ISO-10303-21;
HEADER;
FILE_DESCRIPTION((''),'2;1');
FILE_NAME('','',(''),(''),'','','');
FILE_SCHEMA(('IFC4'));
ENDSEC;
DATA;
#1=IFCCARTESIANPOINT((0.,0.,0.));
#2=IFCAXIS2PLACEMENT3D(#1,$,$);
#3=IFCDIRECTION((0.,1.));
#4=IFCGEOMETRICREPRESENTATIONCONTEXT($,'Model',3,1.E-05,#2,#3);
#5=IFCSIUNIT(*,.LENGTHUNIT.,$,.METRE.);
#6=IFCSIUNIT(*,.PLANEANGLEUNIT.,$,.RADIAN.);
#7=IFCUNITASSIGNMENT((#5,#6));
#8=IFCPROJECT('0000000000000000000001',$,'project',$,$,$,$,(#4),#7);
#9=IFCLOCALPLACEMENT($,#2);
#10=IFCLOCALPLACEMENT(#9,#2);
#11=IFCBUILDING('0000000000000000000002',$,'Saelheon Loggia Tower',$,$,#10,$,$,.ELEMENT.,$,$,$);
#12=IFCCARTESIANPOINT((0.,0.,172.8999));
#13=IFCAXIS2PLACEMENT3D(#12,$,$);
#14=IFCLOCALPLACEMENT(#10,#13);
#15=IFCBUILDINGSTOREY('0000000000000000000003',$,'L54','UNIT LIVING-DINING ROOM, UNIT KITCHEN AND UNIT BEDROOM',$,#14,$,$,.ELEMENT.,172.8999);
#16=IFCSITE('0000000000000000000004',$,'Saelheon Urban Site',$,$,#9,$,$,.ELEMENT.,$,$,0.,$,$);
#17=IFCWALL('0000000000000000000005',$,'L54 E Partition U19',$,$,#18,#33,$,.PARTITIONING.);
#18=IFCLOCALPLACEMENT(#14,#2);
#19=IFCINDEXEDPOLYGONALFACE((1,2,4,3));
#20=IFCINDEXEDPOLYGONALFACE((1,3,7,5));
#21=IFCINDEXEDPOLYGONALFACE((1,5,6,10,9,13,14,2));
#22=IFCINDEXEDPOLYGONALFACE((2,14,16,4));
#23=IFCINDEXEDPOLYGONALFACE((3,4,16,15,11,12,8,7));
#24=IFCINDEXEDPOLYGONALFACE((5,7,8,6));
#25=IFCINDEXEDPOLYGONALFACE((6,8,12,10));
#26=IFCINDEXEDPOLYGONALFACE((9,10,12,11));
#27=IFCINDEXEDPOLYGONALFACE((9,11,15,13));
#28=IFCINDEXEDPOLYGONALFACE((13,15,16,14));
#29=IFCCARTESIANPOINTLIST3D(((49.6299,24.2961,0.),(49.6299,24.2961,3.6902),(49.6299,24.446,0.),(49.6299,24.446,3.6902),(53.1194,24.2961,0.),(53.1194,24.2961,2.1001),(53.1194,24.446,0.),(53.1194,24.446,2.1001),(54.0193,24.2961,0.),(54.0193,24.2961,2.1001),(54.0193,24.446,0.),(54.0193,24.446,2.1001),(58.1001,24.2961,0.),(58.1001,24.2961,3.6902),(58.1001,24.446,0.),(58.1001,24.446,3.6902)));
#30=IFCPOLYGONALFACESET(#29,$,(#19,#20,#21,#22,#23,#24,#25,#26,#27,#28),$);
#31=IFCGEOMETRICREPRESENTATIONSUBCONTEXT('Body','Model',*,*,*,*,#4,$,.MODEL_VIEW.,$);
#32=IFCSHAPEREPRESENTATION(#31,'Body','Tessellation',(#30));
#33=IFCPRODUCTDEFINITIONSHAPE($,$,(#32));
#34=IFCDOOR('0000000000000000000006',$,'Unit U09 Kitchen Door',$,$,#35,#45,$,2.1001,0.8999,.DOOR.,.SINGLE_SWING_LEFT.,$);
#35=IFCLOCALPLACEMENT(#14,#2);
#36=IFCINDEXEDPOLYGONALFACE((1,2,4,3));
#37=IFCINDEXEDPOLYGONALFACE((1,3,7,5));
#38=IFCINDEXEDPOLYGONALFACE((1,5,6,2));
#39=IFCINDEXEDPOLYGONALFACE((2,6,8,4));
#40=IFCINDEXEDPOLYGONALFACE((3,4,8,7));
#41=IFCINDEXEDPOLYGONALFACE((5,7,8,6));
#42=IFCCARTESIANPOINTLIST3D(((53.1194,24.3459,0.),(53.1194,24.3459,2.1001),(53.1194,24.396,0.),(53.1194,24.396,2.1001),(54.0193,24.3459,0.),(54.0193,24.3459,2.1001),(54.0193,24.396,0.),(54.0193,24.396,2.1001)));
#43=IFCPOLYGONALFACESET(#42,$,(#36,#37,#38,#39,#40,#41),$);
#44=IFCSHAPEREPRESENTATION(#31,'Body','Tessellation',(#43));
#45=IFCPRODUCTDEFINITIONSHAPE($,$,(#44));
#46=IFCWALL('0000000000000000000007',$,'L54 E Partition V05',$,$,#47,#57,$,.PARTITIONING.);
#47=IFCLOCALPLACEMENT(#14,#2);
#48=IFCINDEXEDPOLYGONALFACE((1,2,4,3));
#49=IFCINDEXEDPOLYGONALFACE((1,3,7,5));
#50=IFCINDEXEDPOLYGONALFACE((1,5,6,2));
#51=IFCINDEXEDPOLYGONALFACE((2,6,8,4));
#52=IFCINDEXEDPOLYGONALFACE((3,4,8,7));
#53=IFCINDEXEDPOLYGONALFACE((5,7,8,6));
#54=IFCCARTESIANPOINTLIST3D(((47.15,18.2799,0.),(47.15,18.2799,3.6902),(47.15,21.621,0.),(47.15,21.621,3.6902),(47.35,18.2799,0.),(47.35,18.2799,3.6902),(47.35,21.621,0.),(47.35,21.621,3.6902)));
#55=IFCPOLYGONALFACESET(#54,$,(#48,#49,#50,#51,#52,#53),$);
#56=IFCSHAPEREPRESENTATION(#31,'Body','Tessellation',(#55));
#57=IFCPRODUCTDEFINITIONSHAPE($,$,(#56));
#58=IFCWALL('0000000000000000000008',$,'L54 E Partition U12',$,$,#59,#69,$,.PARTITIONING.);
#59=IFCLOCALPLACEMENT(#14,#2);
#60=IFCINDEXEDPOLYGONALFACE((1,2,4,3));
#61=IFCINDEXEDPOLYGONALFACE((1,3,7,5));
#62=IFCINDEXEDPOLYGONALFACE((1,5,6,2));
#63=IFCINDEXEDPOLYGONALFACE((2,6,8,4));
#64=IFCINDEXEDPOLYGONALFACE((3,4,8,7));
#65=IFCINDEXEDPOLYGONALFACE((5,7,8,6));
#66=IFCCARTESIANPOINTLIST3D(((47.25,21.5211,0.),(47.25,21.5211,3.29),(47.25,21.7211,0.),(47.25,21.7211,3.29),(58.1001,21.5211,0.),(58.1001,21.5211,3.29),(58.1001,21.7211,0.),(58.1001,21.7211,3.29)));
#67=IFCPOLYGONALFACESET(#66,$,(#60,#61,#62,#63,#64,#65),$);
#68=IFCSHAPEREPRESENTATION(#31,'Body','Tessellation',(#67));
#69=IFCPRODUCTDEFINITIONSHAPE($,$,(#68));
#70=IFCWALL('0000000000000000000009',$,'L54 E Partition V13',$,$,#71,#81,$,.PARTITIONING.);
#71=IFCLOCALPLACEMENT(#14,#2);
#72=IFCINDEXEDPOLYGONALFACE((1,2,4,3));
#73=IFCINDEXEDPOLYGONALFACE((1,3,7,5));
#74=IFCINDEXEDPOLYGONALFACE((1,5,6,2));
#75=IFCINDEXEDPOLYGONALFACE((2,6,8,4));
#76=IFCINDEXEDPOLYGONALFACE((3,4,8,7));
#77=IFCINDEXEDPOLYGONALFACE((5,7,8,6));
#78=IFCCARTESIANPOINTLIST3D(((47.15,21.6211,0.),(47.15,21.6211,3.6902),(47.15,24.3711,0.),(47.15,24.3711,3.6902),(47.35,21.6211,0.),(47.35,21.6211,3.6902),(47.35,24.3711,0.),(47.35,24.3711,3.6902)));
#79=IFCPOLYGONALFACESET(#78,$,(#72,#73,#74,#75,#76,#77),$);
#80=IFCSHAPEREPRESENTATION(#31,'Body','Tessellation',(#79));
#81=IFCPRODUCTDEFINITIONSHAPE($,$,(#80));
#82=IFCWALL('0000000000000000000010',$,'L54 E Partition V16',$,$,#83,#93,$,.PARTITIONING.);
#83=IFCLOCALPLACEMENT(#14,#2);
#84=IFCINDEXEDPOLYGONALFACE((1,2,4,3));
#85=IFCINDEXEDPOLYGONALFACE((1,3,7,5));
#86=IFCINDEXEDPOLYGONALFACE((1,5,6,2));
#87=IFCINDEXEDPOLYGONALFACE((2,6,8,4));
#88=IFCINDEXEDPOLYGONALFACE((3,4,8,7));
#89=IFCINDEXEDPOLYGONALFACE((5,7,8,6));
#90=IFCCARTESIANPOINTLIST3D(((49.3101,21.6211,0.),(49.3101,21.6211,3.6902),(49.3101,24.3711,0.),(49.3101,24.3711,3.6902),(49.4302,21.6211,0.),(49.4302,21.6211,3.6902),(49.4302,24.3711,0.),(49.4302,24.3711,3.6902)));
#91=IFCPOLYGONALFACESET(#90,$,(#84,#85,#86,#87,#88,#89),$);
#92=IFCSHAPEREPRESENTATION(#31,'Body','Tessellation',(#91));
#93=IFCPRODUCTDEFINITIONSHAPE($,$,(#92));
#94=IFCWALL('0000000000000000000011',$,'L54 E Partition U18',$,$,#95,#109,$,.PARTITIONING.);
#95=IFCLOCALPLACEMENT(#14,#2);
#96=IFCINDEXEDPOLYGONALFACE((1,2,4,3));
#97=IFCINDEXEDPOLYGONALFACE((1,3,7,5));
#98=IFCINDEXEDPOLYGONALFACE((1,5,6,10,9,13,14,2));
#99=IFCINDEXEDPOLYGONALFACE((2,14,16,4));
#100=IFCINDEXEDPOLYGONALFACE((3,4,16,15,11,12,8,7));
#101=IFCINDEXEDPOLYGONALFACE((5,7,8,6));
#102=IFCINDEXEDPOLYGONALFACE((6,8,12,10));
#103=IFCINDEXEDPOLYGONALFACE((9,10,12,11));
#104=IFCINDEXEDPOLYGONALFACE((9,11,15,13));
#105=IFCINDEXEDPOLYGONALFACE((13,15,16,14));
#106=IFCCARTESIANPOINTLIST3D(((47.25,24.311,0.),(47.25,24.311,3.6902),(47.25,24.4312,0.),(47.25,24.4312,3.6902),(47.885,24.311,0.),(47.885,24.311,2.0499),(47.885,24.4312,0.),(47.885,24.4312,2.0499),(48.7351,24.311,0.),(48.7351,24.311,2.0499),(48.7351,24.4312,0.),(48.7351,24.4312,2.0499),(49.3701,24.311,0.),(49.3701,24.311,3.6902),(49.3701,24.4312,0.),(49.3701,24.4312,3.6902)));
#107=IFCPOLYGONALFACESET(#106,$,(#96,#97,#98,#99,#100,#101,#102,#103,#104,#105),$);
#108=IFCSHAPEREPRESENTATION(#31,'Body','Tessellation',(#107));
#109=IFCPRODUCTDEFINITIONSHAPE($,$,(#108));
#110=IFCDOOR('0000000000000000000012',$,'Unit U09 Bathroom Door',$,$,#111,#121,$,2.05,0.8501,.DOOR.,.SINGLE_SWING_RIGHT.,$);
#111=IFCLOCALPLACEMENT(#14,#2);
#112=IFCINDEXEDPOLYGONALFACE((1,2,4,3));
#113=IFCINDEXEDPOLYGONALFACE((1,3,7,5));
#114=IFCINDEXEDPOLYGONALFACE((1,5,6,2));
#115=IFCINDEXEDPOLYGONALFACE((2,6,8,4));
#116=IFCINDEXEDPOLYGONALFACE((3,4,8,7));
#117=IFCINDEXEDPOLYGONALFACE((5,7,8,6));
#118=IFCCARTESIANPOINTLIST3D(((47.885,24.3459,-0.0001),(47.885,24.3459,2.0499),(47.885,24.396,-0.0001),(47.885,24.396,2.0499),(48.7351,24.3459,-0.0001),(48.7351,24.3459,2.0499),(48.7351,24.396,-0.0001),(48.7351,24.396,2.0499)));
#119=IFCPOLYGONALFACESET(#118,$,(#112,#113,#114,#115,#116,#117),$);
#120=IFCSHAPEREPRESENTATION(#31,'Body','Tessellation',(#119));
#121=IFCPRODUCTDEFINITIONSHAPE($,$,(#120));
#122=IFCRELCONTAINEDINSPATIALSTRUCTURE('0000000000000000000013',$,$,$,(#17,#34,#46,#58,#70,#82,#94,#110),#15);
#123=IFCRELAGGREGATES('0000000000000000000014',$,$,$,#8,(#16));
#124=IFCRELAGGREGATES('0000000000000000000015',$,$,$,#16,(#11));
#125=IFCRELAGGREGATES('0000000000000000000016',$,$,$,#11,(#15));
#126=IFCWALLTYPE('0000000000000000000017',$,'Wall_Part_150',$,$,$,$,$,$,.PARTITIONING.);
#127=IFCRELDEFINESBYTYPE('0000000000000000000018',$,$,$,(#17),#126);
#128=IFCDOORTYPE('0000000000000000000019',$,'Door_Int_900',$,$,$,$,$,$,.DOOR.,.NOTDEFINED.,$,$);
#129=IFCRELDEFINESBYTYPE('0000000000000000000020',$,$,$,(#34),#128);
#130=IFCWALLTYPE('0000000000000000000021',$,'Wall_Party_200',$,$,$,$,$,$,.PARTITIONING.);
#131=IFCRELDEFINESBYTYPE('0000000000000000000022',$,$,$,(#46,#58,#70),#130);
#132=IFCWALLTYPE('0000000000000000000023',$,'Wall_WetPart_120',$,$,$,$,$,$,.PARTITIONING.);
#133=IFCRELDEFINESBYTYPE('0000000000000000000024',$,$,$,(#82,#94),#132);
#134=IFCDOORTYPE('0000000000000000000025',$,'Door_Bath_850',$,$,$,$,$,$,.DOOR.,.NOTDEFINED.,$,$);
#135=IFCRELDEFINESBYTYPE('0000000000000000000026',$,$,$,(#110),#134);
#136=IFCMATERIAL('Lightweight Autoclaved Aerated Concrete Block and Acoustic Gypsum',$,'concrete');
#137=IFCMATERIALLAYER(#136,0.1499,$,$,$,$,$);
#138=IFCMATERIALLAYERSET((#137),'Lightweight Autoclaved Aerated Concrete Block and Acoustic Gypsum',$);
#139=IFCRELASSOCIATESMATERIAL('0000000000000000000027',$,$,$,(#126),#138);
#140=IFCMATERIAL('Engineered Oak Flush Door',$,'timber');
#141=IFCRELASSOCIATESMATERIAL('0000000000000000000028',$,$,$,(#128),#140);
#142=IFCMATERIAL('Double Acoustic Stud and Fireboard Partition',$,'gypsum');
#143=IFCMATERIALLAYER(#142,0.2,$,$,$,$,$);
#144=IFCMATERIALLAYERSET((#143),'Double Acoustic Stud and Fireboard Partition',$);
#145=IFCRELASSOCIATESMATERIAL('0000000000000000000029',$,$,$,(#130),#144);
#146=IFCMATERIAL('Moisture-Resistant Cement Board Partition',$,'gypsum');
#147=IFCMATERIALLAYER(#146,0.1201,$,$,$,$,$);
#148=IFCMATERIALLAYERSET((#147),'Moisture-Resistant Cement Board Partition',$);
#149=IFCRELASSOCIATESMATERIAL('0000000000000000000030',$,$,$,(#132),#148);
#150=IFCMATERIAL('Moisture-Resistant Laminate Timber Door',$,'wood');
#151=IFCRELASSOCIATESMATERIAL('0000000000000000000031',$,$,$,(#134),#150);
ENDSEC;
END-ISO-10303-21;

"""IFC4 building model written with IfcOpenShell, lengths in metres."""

from ifc_helpers import new_model, si_unit, direction, frame, frame_2d, origin, place, context, subcontext, project, spatial, rectangle, extrude, source, transform, mapped, material, layer, layer_set, type_object, element, fill, save


model = new_model("IFC4")

# Units and contexts
model_context = context("Model", 3, precision=1e-05, world=origin(), true_north=direction((0.0, 1.0)))
body_context = subcontext(model_context, "Body", "Model", "MODEL_VIEW")
ifc_project = project(units=[si_unit("LENGTHUNIT", "METRE"), si_unit("PLANEANGLEUNIT", "RADIAN")], contexts=[model_context])

# Site, building, storey
site_placement = place(None, origin())
site = spatial("IfcSite", under=ifc_project, at=site_placement, Name="Saelheon Urban Site", CompositionType="ELEMENT", RefElevation=0.0)
building_placement = place(site_placement, origin())
building = spatial("IfcBuilding", under=site, at=building_placement, Name="Saelheon Loggia Tower", CompositionType="ELEMENT")
storey_placement = place(building_placement, frame((0.0, 0.0, 172.8999)))
storey = spatial("IfcBuildingStorey", under=building, at=storey_placement, Name="L54", Description="UNIT LIVING-DINING ROOM, UNIT KITCHEN AND UNIT BEDROOM", CompositionType="ELEMENT", Elevation=172.8999)

# Shared definitions
ifc_material_1 = material(Name="Lightweight Autoclaved Aerated Concrete Block and Acoustic Gypsum", Category="concrete")
ifc_layer_1 = layer(ifc_material_1, 0.1499)
ifc_layer_set_1 = layer_set([ifc_layer_1], Name="Lightweight Autoclaved Aerated Concrete Block and Acoustic Gypsum")
wall_type_1 = type_object("IfcWallType", Name="Wall_Part_150", PredefinedType="PARTITIONING", material=ifc_layer_set_1)

# Wall, opening, door
ifc_material_2 = material(Name="Engineered Oak Flush Door", Category="timber")
door_type_1 = type_object("IfcDoorType", Name="Door_Int_900", OperationType="NOTDEFINED", PredefinedType="DOOR", material=ifc_material_2)
shared_shape_1 = source(origin(), body_context, "Body", "SweptSolid", [
    extrude(rectangle(XDim=0.8999, YDim=2.1001, at=frame_2d((0.45, 1.05))), frame((0.0, 0.0249, 0.0), z_axis=(0.0, -1.0, 0.0), x_axis=(1.0, 0.0, 0.0)), (0.0, 0.0, 1.0), 0.05),
])
wall_1_placement = place(storey_placement, frame((49.6299, 24.3711, 0.0), z_axis=(0.0, 0.0, 1.0), x_axis=(1.0, 0.0, 0.0)))
wall_1 = element("IfcWall", 1, at=wall_1_placement, inside=storey, type_object=wall_type_1, Name="L54 E Partition U19", PredefinedType="PARTITIONING", context=body_context, shape_type="SweptSolid", body=[
    extrude(rectangle(XDim=8.4702, YDim=0.1499, at=frame_2d((4.2351, 0.0))), origin(), (0.0, 0.0, 1.0), 3.6902),
])
opening_1_placement = place(wall_1_placement, frame((3.4895, 0.0, 0.0)))
opening_1 = element("IfcOpeningElement", 2, at=opening_1_placement, cuts=wall_1, PredefinedType="OPENING", context=body_context, shape_type="SweptSolid", body=[
    extrude(rectangle(XDim=0.8999, YDim=2.1001, at=frame_2d((0.45, 1.05))), frame((0.0, 0.0869, 0.0), z_axis=(0.0, -1.0, 0.0), x_axis=(1.0, 0.0, 0.0)), (0.0, 0.0, 1.0), 0.1738),
])
door_1_placement = place(opening_1_placement, origin())
door_1 = element("IfcDoor", 3, at=door_1_placement, inside=storey, type_object=door_type_1, Name="Unit U09 Kitchen Door", OperationType="SINGLE_SWING_LEFT", OverallHeight=2.1001, OverallWidth=0.8999, PredefinedType="DOOR", context=body_context, shape_type="MappedRepresentation", body=[
    mapped(shared_shape_1, transform((0.0, 0.0, 0.0), scale=1.0)),
])
fill(opening_1, door_1)

# Walls
ifc_material_3 = material(Name="Double Acoustic Stud and Fireboard Partition", Category="gypsum")
ifc_layer_2 = layer(ifc_material_3, 0.2)
ifc_layer_set_2 = layer_set([ifc_layer_2], Name="Double Acoustic Stud and Fireboard Partition")
wall_type_2 = type_object("IfcWallType", Name="Wall_Party_200", PredefinedType="PARTITIONING", material=ifc_layer_set_2)
wall_2_placement = place(storey_placement, frame((47.25, 18.28, 0.0), z_axis=(0.0, 0.0, 1.0), x_axis=(0.0, 1.0, 0.0)))
element("IfcWall", 4, at=wall_2_placement, inside=storey, type_object=wall_type_2, Name="L54 E Partition V05", PredefinedType="PARTITIONING", context=body_context, shape_type="SweptSolid", body=[
    extrude(rectangle(XDim=3.3411, YDim=0.2, at=frame_2d((1.6704, 0.0))), origin(), (0.0, 0.0, 1.0), 3.6902),
])
wall_3_placement = place(storey_placement, frame((47.25, 21.6211, 0.0), z_axis=(0.0, 0.0, 1.0), x_axis=(1.0, 0.0, 0.0)))
element("IfcWall", 5, at=wall_3_placement, inside=storey, type_object=wall_type_2, Name="L54 E Partition U12", PredefinedType="PARTITIONING", context=body_context, shape_type="SweptSolid", body=[
    extrude(rectangle(XDim=10.8501, YDim=0.2, at=frame_2d((5.425, 0.0))), origin(), (0.0, 0.0, 1.0), 3.29),
])
wall_4_placement = place(storey_placement, frame((47.25, 21.6211, 0.0), z_axis=(0.0, 0.0, 1.0), x_axis=(0.0, 1.0, 0.0)))
element("IfcWall", 6, at=wall_4_placement, inside=storey, type_object=wall_type_2, Name="L54 E Partition V13", PredefinedType="PARTITIONING", context=body_context, shape_type="SweptSolid", body=[
    extrude(rectangle(XDim=2.75, YDim=0.2, at=frame_2d((1.375, 0.0))), origin(), (0.0, 0.0, 1.0), 3.6902),
])

# Wall
ifc_material_4 = material(Name="Moisture-Resistant Cement Board Partition", Category="gypsum")
ifc_layer_3 = layer(ifc_material_4, 0.1201)
ifc_layer_set_3 = layer_set([ifc_layer_3], Name="Moisture-Resistant Cement Board Partition")
wall_type_3 = type_object("IfcWallType", Name="Wall_WetPart_120", PredefinedType="PARTITIONING", material=ifc_layer_set_3)
wall_5_placement = place(storey_placement, frame((49.3701, 21.6211, 0.0), z_axis=(0.0, 0.0, 1.0), x_axis=(0.0, 1.0, 0.0)))
element("IfcWall", 7, at=wall_5_placement, inside=storey, type_object=wall_type_3, Name="L54 E Partition V16", PredefinedType="PARTITIONING", context=body_context, shape_type="SweptSolid", body=[
    extrude(rectangle(XDim=2.75, YDim=0.1201, at=frame_2d((1.375, 0.0))), origin(), (0.0, 0.0, 1.0), 3.6902),
])

# Wall, opening, door
wall_6_placement = place(storey_placement, frame((47.25, 24.3711, 0.0), z_axis=(0.0, 0.0, 1.0), x_axis=(1.0, 0.0, 0.0)))
wall_6 = element("IfcWall", 8, at=wall_6_placement, inside=storey, type_object=wall_type_3, Name="L54 E Partition U18", PredefinedType="PARTITIONING", context=body_context, shape_type="SweptSolid", body=[
    extrude(rectangle(XDim=2.1201, YDim=0.1201, at=frame_2d((1.0601, 0.0))), origin(), (0.0, 0.0, 1.0), 3.6902),
])
opening_2_placement = place(wall_6_placement, frame((0.635, 0.0, 0.0)))
opening_2 = element("IfcOpeningElement", 9, at=opening_2_placement, cuts=wall_6, PredefinedType="OPENING", context=body_context, shape_type="SweptSolid", body=[
    extrude(rectangle(XDim=0.8501, YDim=2.05, at=frame_2d((0.425, 1.0249))), frame((0.0, 0.072, 0.0), z_axis=(0.0, -1.0, 0.0), x_axis=(1.0, 0.0, 0.0)), (0.0, 0.0, 1.0), 0.144),
])
ifc_material_5 = material(Name="Moisture-Resistant Laminate Timber Door", Category="wood")
door_type_2 = type_object("IfcDoorType", Name="Door_Bath_850", OperationType="NOTDEFINED", PredefinedType="DOOR", material=ifc_material_5)
shared_shape_2 = source(origin(), body_context, "Body", "SweptSolid", [
    extrude(rectangle(XDim=0.8501, YDim=2.05, at=frame_2d((0.425, 1.0249))), frame((0.0, 0.0249, 0.0), z_axis=(0.0, -1.0, 0.0), x_axis=(1.0, 0.0, 0.0)), (0.0, 0.0, 1.0), 0.05),
])
door_2_placement = place(opening_2_placement, origin())
door_2 = element("IfcDoor", 10, at=door_2_placement, inside=storey, type_object=door_type_2, Name="Unit U09 Bathroom Door", OperationType="SINGLE_SWING_RIGHT", OverallHeight=2.05, OverallWidth=0.8501, PredefinedType="DOOR", context=body_context, shape_type="MappedRepresentation", body=[
    mapped(shared_shape_2, transform((0.0, 0.0, 0.0), scale=1.0)),
])
fill(opening_2, door_2)

save(model, "model.ifc")
